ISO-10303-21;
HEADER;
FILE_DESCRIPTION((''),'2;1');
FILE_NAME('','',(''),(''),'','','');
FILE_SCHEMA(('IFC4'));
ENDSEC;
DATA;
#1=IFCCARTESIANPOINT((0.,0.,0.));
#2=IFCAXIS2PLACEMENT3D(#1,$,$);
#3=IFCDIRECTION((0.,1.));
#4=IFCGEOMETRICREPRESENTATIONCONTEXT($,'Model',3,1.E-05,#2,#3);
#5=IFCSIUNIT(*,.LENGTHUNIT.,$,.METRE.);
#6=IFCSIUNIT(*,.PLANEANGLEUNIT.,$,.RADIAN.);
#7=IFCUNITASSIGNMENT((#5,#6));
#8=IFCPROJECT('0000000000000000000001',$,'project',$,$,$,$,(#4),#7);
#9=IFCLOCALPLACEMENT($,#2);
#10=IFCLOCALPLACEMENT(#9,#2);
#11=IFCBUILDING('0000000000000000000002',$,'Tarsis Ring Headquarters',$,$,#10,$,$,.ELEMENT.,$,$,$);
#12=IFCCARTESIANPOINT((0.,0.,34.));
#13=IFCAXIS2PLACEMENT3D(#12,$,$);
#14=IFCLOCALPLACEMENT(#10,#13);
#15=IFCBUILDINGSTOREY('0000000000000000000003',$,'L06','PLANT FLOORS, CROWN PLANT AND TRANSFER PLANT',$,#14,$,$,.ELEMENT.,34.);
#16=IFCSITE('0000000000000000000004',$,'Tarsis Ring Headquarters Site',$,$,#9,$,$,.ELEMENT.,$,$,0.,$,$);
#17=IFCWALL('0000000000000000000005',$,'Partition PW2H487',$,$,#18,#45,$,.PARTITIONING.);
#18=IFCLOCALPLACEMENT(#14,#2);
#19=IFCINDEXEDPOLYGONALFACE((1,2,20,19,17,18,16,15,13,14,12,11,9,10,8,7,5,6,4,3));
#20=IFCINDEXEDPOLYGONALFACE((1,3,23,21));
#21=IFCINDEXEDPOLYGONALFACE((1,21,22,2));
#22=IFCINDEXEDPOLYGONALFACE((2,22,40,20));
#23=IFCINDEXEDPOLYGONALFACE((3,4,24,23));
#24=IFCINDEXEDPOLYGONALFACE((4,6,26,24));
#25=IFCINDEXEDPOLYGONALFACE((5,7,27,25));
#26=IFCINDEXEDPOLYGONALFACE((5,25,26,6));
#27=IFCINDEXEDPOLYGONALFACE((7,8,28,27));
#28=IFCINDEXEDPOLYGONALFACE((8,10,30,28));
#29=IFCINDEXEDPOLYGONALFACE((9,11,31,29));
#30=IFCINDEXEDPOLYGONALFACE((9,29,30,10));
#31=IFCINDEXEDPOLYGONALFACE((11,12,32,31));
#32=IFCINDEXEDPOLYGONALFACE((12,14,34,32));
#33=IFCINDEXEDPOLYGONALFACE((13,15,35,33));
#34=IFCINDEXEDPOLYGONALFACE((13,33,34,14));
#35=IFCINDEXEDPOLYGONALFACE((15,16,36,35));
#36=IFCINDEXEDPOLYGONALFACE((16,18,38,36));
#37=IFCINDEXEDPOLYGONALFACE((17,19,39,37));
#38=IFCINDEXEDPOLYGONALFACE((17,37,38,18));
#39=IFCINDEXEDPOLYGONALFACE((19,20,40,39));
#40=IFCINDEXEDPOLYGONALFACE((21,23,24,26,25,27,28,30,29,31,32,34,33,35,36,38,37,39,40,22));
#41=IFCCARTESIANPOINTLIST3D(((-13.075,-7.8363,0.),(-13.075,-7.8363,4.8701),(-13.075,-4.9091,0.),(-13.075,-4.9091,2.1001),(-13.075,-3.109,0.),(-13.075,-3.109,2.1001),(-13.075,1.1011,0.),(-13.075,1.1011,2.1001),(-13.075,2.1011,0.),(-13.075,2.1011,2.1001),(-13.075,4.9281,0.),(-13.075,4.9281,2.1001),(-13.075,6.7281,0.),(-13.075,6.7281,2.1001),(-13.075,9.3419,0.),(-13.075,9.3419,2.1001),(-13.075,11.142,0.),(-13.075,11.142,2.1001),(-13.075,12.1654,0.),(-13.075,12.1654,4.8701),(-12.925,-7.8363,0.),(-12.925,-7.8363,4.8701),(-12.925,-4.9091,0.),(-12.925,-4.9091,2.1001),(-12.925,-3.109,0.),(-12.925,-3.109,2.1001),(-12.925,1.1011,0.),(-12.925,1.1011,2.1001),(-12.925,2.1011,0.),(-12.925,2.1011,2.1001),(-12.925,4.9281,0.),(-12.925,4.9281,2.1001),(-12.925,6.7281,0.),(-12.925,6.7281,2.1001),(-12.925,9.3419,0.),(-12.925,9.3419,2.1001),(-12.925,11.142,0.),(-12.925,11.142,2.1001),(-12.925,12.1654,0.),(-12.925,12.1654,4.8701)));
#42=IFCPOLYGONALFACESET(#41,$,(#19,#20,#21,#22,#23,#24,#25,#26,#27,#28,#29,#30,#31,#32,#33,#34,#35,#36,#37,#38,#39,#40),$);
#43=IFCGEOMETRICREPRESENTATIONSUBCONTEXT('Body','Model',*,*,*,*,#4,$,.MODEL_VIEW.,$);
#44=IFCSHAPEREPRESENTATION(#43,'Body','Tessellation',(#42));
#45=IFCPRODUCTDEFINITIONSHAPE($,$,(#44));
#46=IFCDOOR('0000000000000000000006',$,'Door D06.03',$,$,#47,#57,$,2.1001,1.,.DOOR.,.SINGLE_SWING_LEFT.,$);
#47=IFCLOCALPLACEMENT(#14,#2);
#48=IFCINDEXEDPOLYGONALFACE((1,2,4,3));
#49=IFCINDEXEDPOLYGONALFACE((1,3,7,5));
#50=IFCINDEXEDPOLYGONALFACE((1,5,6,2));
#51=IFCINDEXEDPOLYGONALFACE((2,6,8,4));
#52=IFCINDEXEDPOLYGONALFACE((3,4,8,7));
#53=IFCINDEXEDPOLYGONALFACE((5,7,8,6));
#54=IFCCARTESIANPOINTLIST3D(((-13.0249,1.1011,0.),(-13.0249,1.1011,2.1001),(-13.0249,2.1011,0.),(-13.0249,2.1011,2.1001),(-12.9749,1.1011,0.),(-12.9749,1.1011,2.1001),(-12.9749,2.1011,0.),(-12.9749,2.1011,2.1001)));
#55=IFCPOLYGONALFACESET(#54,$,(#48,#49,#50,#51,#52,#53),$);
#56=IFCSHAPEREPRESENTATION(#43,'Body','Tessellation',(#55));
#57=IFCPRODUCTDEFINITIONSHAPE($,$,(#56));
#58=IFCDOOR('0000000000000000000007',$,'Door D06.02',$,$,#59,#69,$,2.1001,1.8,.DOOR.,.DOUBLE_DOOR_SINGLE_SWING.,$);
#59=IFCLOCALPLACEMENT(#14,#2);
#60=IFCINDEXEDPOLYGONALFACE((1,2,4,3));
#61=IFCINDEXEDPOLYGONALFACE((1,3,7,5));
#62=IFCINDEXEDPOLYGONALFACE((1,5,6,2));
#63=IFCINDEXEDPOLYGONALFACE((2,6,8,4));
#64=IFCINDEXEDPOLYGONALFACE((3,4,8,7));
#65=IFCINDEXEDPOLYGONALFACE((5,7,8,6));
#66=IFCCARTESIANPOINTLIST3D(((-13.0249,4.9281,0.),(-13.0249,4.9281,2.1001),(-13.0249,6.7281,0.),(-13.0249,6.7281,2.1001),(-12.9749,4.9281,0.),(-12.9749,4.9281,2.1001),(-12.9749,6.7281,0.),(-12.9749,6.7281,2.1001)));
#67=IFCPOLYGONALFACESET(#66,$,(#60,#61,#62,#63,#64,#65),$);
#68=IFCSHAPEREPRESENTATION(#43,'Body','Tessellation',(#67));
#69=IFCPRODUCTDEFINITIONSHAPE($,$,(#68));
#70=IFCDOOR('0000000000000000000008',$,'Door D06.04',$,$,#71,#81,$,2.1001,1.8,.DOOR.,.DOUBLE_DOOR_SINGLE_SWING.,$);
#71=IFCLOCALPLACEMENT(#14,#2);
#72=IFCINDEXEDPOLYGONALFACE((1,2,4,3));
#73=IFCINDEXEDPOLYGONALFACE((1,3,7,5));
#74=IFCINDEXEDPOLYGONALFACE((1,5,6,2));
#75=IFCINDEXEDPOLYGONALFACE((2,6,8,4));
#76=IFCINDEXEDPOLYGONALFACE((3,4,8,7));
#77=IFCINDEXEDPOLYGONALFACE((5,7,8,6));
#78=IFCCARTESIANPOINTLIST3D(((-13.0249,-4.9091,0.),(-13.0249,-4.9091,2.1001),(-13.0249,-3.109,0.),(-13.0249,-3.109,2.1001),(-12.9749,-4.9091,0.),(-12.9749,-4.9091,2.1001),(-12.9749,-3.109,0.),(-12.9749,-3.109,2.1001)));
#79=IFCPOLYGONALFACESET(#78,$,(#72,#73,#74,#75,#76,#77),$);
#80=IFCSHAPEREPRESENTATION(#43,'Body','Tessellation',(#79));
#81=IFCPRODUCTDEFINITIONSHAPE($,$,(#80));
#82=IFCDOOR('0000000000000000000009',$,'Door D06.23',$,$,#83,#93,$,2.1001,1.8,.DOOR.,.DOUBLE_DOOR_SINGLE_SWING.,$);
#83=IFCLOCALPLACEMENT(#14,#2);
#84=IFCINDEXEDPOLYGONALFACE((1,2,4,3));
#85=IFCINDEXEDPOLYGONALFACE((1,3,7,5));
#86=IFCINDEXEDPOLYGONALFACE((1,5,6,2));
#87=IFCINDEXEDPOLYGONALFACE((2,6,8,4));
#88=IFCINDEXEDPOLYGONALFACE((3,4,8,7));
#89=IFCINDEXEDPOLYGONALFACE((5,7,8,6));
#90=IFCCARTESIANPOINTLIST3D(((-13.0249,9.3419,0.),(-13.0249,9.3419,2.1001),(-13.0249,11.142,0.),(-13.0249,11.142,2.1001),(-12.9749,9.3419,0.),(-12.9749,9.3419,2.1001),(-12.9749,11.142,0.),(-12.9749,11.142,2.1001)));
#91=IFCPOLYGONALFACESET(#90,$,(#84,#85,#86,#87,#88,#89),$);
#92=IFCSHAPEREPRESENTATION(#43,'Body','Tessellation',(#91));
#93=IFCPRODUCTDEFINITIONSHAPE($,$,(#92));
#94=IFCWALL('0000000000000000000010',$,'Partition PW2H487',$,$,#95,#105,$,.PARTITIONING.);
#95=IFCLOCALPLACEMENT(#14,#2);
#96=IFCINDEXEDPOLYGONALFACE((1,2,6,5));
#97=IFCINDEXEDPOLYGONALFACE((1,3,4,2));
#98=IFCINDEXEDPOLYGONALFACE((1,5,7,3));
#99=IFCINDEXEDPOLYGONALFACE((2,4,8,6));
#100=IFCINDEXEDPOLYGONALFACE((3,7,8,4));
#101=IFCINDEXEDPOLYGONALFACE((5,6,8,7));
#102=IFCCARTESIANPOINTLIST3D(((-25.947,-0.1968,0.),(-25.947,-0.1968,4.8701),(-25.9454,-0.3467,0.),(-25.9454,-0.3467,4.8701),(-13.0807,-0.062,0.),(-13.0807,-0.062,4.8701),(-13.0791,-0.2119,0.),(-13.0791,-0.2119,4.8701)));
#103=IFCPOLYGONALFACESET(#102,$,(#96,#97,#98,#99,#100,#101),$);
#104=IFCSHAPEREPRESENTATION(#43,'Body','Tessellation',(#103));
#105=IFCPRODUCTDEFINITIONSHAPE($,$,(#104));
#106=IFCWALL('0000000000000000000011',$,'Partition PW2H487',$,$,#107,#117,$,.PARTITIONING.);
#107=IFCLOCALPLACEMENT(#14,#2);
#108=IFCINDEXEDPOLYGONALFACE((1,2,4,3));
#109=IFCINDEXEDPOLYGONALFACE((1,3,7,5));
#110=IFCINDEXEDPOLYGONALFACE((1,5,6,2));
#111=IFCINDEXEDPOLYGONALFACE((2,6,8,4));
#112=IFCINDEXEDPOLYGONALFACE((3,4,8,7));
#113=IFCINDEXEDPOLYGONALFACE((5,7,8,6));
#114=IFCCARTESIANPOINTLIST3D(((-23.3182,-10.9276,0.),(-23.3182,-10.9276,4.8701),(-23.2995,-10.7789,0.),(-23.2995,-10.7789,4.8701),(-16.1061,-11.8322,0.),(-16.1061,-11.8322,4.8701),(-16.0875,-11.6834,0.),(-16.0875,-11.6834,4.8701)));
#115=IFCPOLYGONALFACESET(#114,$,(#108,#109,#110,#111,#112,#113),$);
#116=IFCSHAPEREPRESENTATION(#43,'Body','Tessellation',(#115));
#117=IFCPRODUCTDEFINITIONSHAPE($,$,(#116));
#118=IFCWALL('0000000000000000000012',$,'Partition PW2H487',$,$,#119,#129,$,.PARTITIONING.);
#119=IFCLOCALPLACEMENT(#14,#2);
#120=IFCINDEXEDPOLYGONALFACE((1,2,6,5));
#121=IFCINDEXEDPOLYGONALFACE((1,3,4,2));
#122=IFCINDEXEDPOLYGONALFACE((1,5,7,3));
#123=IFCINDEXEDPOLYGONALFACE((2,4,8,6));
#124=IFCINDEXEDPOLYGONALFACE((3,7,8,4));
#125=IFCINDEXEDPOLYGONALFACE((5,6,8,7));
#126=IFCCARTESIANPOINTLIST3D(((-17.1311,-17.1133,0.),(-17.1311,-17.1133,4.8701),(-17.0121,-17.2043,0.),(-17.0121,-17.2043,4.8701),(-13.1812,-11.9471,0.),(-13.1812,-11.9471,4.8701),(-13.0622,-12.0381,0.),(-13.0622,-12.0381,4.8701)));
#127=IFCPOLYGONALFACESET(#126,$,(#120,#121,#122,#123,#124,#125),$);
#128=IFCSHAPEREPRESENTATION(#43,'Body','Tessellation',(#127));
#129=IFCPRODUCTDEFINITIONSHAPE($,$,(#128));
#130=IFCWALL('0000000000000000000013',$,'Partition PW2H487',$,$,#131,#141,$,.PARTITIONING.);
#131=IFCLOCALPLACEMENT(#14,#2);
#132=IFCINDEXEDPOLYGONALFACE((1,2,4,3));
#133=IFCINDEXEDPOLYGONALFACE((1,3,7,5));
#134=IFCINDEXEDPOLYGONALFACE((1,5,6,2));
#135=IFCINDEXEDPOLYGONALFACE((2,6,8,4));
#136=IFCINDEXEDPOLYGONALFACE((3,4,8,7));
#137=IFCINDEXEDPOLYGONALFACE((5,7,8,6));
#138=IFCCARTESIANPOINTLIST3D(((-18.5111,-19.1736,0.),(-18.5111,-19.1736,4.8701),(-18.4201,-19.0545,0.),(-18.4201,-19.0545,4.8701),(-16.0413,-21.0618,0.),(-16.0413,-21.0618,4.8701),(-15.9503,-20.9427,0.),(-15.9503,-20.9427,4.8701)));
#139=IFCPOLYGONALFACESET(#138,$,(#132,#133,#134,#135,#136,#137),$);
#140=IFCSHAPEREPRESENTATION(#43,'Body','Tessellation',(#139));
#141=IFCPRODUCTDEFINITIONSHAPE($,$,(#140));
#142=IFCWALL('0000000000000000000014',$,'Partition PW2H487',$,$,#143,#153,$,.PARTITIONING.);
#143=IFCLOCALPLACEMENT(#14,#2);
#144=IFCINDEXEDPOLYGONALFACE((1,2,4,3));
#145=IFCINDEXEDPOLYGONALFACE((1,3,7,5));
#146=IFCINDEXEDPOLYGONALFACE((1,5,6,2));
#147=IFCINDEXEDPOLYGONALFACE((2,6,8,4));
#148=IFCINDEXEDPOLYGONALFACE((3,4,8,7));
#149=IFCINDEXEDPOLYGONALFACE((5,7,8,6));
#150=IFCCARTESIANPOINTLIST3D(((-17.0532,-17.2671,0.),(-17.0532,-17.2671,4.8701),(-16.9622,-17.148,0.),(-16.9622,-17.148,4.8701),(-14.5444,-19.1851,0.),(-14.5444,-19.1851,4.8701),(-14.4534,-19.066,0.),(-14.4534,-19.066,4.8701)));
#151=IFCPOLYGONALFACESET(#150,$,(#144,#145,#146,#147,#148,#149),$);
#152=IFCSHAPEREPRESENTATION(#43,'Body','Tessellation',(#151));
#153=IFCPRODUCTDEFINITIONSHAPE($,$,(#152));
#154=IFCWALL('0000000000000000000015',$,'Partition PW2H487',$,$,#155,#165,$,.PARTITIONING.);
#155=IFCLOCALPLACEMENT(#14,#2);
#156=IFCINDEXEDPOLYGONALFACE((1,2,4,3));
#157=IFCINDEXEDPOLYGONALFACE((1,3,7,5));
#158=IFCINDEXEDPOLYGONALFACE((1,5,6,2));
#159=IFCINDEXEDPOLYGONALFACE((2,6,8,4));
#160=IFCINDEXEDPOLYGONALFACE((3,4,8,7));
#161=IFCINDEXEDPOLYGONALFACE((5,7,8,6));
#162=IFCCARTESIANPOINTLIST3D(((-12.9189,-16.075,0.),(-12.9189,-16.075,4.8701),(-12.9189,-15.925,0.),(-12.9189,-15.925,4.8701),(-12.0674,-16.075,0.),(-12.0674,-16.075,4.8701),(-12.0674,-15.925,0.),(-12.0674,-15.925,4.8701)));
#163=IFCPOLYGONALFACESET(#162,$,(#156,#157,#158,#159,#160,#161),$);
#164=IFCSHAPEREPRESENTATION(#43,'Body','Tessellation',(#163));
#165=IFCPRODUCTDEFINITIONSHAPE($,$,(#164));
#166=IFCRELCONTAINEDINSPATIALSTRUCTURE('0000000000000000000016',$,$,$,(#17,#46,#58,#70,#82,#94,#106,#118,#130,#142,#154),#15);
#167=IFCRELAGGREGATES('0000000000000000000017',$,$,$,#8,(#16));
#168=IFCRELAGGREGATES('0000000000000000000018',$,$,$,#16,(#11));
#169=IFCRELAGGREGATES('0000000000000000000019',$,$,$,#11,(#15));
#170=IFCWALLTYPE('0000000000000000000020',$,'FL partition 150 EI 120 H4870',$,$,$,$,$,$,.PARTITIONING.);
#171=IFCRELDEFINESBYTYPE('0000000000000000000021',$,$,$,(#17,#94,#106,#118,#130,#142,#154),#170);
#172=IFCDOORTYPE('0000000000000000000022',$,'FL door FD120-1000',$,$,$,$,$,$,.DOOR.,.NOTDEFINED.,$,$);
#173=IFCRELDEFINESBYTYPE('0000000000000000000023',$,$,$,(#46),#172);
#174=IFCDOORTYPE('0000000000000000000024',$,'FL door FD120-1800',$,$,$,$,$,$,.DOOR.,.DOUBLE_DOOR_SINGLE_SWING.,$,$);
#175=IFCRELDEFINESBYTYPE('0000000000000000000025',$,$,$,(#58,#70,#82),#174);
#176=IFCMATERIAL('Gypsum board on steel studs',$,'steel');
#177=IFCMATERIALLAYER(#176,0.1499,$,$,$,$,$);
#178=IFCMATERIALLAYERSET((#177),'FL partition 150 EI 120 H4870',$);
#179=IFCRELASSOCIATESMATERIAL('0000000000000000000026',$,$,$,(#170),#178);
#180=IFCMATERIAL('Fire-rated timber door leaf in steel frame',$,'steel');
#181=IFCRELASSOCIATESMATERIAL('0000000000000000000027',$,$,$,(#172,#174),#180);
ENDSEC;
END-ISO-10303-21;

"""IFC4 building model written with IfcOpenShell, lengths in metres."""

from ifc_helpers import new_model, si_unit, direction, frame, frame_2d, origin, place, context, subcontext, project, spatial, rectangle, extrude, material, layer, layer_set, type_object, element, fill, save


model = new_model("IFC4")

# Units and contexts
model_context = context("Model", 3, precision=1e-05, world=origin(), true_north=direction((0.0, 1.0)))
body_context = subcontext(model_context, "Body", "Model", "MODEL_VIEW")
ifc_project = project(units=[si_unit("LENGTHUNIT", "METRE"), si_unit("PLANEANGLEUNIT", "RADIAN")], contexts=[model_context])

# Site, building, storey
site_placement = place(None, origin())
site = spatial("IfcSite", under=ifc_project, at=site_placement, Name="Tarsis Ring Headquarters Site", CompositionType="ELEMENT", RefElevation=0.0)
building_placement = place(site_placement, origin())
building = spatial("IfcBuilding", under=site, at=building_placement, Name="Tarsis Ring Headquarters", CompositionType="ELEMENT")
storey_placement = place(building_placement, frame((0.0, 0.0, 34.0)))
storey = spatial("IfcBuildingStorey", under=building, at=storey_placement, Name="L06", Description="PLANT FLOORS, CROWN PLANT AND TRANSFER PLANT", CompositionType="ELEMENT", Elevation=34.0)

# Wall, openings, doors
ifc_material_1 = material(Name="Gypsum board on steel studs", Category="steel")
ifc_layer = layer(ifc_material_1, 0.1499)
ifc_layer_set = layer_set([ifc_layer], Name="FL partition 150 EI 120 H4870")
wall_type = type_object("IfcWallType", Name="FL partition 150 EI 120 H4870", PredefinedType="PARTITIONING", material=ifc_layer_set)
ifc_material_2 = material(Name="Fire-rated timber door leaf in steel frame", Category="steel")
door_type_1 = type_object("IfcDoorType", Name="FL door FD120-1000", OperationType="NOTDEFINED", PredefinedType="DOOR", material=ifc_material_2)
door_type_2 = type_object("IfcDoorType", Name="FL door FD120-1800", OperationType="DOUBLE_DOOR_SINGLE_SWING", PredefinedType="DOOR", material=ifc_material_2)
wall_1_placement = place(storey_placement, frame((-13.0, -7.8364, 0.0), z_axis=(0.0, 0.0, 1.0), x_axis=(0.0, 1.0, 0.0)))
wall_1 = element("IfcWall", 1, at=wall_1_placement, inside=storey, type_object=wall_type, Name="Partition PW2H487", PredefinedType="PARTITIONING", context=body_context, shape_type="SweptSolid", body=[
    extrude(rectangle(XDim=20.0017, YDim=0.1499, at=frame_2d((10.001, 0.0))), origin(), (0.0, 0.0, 1.0), 4.8701),
])
opening_1_placement = place(wall_1_placement, frame((12.7646, 0.0, 0.0)))
opening_1 = element("IfcOpeningElement", 2, at=opening_1_placement, cuts=wall_1, PredefinedType="OPENING", context=body_context, shape_type="SweptSolid", body=[
    extrude(rectangle(XDim=1.8, YDim=2.1001, at=frame_2d((0.8999, 1.05))), frame((0.0, 0.085, 0.0), z_axis=(0.0, -1.0, 0.0), x_axis=(1.0, 0.0, 0.0)), (0.0, 0.0, 1.0), 0.1699),
])
opening_2_placement = place(wall_1_placement, frame((8.9375, 0.0, 0.0)))
opening_2 = element("IfcOpeningElement", 3, at=opening_2_placement, cuts=wall_1, PredefinedType="OPENING", context=body_context, shape_type="SweptSolid", body=[
    extrude(rectangle(XDim=1.0, YDim=2.1001, at=frame_2d((0.5, 1.05))), frame((0.0, 0.085, 0.0), z_axis=(0.0, -1.0, 0.0), x_axis=(1.0, 0.0, 0.0)), (0.0, 0.0, 1.0), 0.1699),
])
opening_3_placement = place(wall_1_placement, frame((2.9275, 0.0, 0.0)))
opening_3 = element("IfcOpeningElement", 4, at=opening_3_placement, cuts=wall_1, PredefinedType="OPENING", context=body_context, shape_type="SweptSolid", body=[
    extrude(rectangle(XDim=1.8, YDim=2.1001, at=frame_2d((0.8999, 1.05))), frame((0.0, 0.085, 0.0), z_axis=(0.0, -1.0, 0.0), x_axis=(1.0, 0.0, 0.0)), (0.0, 0.0, 1.0), 0.1699),
])
opening_4_placement = place(wall_1_placement, frame((17.1785, 0.0, 0.0)))
opening_4 = element("IfcOpeningElement", 5, at=opening_4_placement, cuts=wall_1, PredefinedType="OPENING", context=body_context, shape_type="SweptSolid", body=[
    extrude(rectangle(XDim=1.8, YDim=2.1001, at=frame_2d((0.8999, 1.05))), frame((0.0, 0.085, 0.0), z_axis=(0.0, -1.0, 0.0), x_axis=(1.0, 0.0, 0.0)), (0.0, 0.0, 1.0), 0.1699),
])
door_1_placement = place(opening_2_placement, origin())
door_1 = element("IfcDoor", 6, at=door_1_placement, inside=storey, type_object=door_type_1, Name="Door D06.03", OperationType="SINGLE_SWING_LEFT", OverallHeight=2.1001, OverallWidth=1.0, PredefinedType="DOOR", context=body_context, shape_type="SweptSolid", body=[
    extrude(rectangle(XDim=1.0, YDim=2.1001, at=frame_2d((0.5, 1.05))), frame((0.0, 0.0249, 0.0), z_axis=(0.0, -1.0, 0.0), x_axis=(1.0, 0.0, 0.0)), (0.0, 0.0, 1.0), 0.05),
])
fill(opening_2, door_1)
door_2_placement = place(opening_1_placement, origin())
door_2 = element("IfcDoor", 7, at=door_2_placement, inside=storey, type_object=door_type_2, Name="Door D06.02", OperationType="DOUBLE_DOOR_SINGLE_SWING", OverallHeight=2.1001, OverallWidth=1.8, PredefinedType="DOOR", context=body_context, shape_type="SweptSolid", body=[
    extrude(rectangle(XDim=1.8, YDim=2.1001, at=frame_2d((0.8999, 1.05))), frame((0.0, 0.0249, 0.0), z_axis=(0.0, -1.0, 0.0), x_axis=(1.0, 0.0, 0.0)), (0.0, 0.0, 1.0), 0.05),
])
fill(opening_1, door_2)
door_3_placement = place(opening_3_placement, origin())
door_3 = element("IfcDoor", 8, at=door_3_placement, inside=storey, type_object=door_type_2, Name="Door D06.04", OperationType="DOUBLE_DOOR_SINGLE_SWING", OverallHeight=2.1001, OverallWidth=1.8, PredefinedType="DOOR", context=body_context, shape_type="SweptSolid", body=[
    extrude(rectangle(XDim=1.8, YDim=2.1001, at=frame_2d((0.8999, 1.05))), frame((0.0, 0.0249, 0.0), z_axis=(0.0, -1.0, 0.0), x_axis=(1.0, 0.0, 0.0)), (0.0, 0.0, 1.0), 0.05),
])
fill(opening_3, door_3)
door_4_placement = place(opening_4_placement, origin())
door_4 = element("IfcDoor", 9, at=door_4_placement, inside=storey, type_object=door_type_2, Name="Door D06.23", OperationType="DOUBLE_DOOR_SINGLE_SWING", OverallHeight=2.1001, OverallWidth=1.8, PredefinedType="DOOR", context=body_context, shape_type="SweptSolid", body=[
    extrude(rectangle(XDim=1.8, YDim=2.1001, at=frame_2d((0.8999, 1.05))), frame((0.0, 0.0249, 0.0), z_axis=(0.0, -1.0, 0.0), x_axis=(1.0, 0.0, 0.0)), (0.0, 0.0, 1.0), 0.05),
])
fill(opening_4, door_4)

# Walls
wall_2_placement = place(storey_placement, frame((-25.9463, -0.2717, 0.0), z_axis=(0.0, 0.0, 1.0), x_axis=(0.999945, 0.010474, 0.0)))
element("IfcWall", 10, at=wall_2_placement, inside=storey, type_object=wall_type, Name="Partition PW2H487", PredefinedType="PARTITIONING", context=body_context, shape_type="SweptSolid", body=[
    extrude(rectangle(XDim=12.8669, YDim=0.1499, at=frame_2d((6.4336, 0.0))), origin(), (0.0, 0.0, 1.0), 4.8701),
])
wall_3_placement = place(storey_placement, frame((-23.3088, -10.8533, 0.0), z_axis=(0.0, 0.0, 1.0), x_axis=(0.992227, -0.124444, 0.0)))
element("IfcWall", 11, at=wall_3_placement, inside=storey, type_object=wall_type, Name="Partition PW2H487", PredefinedType="PARTITIONING", context=body_context, shape_type="SweptSolid", body=[
    extrude(rectangle(XDim=7.2686, YDim=0.1499, at=frame_2d((3.6343, 0.0))), origin(), (0.0, 0.0, 1.0), 4.8701),
])
wall_4_placement = place(storey_placement, frame((-17.0715, -17.1587, 0.0), z_axis=(0.0, 0.0, 1.0), x_axis=(0.60738, 0.794411, 0.0)))
element("IfcWall", 12, at=wall_4_placement, inside=storey, type_object=wall_type, Name="Partition PW2H487", PredefinedType="PARTITIONING", context=body_context, shape_type="SweptSolid", body=[
    extrude(rectangle(XDim=6.5032, YDim=0.1499, at=frame_2d((3.2515, 0.0))), origin(), (0.0, 0.0, 1.0), 4.8701),
])
wall_5_placement = place(storey_placement, frame((-18.4656, -19.114, 0.0), z_axis=(0.0, 0.0, 1.0), x_axis=(0.794425, -0.607363, 0.0)))
element("IfcWall", 13, at=wall_5_placement, inside=storey, type_object=wall_type, Name="Partition PW2H487", PredefinedType="PARTITIONING", context=body_context, shape_type="SweptSolid", body=[
    extrude(rectangle(XDim=3.1089, YDim=0.1499, at=frame_2d((1.5544, 0.0))), origin(), (0.0, 0.0, 1.0), 4.8701),
])
wall_6_placement = place(storey_placement, frame((-17.0078, -17.2075, 0.0), z_axis=(0.0, 0.0, 1.0), x_axis=(0.794437, -0.607347, 0.0)))
element("IfcWall", 14, at=wall_6_placement, inside=storey, type_object=wall_type, Name="Partition PW2H487", PredefinedType="PARTITIONING", context=body_context, shape_type="SweptSolid", body=[
    extrude(rectangle(XDim=3.158, YDim=0.1499, at=frame_2d((1.5791, 0.0))), origin(), (0.0, 0.0, 1.0), 4.8701),
])
wall_7_placement = place(storey_placement, frame((-12.9189, -16.0, 0.0), z_axis=(0.0, 0.0, 1.0), x_axis=(1.0, 0.0, 0.0)))
element("IfcWall", 15, at=wall_7_placement, inside=storey, type_object=wall_type, Name="Partition PW2H487", PredefinedType="PARTITIONING", context=body_context, shape_type="SweptSolid", body=[
    extrude(rectangle(XDim=0.8516, YDim=0.1499, at=frame_2d((0.4258, 0.0))), origin(), (0.0, 0.0, 1.0), 4.8701),
])

save(model, "model.ifc")
